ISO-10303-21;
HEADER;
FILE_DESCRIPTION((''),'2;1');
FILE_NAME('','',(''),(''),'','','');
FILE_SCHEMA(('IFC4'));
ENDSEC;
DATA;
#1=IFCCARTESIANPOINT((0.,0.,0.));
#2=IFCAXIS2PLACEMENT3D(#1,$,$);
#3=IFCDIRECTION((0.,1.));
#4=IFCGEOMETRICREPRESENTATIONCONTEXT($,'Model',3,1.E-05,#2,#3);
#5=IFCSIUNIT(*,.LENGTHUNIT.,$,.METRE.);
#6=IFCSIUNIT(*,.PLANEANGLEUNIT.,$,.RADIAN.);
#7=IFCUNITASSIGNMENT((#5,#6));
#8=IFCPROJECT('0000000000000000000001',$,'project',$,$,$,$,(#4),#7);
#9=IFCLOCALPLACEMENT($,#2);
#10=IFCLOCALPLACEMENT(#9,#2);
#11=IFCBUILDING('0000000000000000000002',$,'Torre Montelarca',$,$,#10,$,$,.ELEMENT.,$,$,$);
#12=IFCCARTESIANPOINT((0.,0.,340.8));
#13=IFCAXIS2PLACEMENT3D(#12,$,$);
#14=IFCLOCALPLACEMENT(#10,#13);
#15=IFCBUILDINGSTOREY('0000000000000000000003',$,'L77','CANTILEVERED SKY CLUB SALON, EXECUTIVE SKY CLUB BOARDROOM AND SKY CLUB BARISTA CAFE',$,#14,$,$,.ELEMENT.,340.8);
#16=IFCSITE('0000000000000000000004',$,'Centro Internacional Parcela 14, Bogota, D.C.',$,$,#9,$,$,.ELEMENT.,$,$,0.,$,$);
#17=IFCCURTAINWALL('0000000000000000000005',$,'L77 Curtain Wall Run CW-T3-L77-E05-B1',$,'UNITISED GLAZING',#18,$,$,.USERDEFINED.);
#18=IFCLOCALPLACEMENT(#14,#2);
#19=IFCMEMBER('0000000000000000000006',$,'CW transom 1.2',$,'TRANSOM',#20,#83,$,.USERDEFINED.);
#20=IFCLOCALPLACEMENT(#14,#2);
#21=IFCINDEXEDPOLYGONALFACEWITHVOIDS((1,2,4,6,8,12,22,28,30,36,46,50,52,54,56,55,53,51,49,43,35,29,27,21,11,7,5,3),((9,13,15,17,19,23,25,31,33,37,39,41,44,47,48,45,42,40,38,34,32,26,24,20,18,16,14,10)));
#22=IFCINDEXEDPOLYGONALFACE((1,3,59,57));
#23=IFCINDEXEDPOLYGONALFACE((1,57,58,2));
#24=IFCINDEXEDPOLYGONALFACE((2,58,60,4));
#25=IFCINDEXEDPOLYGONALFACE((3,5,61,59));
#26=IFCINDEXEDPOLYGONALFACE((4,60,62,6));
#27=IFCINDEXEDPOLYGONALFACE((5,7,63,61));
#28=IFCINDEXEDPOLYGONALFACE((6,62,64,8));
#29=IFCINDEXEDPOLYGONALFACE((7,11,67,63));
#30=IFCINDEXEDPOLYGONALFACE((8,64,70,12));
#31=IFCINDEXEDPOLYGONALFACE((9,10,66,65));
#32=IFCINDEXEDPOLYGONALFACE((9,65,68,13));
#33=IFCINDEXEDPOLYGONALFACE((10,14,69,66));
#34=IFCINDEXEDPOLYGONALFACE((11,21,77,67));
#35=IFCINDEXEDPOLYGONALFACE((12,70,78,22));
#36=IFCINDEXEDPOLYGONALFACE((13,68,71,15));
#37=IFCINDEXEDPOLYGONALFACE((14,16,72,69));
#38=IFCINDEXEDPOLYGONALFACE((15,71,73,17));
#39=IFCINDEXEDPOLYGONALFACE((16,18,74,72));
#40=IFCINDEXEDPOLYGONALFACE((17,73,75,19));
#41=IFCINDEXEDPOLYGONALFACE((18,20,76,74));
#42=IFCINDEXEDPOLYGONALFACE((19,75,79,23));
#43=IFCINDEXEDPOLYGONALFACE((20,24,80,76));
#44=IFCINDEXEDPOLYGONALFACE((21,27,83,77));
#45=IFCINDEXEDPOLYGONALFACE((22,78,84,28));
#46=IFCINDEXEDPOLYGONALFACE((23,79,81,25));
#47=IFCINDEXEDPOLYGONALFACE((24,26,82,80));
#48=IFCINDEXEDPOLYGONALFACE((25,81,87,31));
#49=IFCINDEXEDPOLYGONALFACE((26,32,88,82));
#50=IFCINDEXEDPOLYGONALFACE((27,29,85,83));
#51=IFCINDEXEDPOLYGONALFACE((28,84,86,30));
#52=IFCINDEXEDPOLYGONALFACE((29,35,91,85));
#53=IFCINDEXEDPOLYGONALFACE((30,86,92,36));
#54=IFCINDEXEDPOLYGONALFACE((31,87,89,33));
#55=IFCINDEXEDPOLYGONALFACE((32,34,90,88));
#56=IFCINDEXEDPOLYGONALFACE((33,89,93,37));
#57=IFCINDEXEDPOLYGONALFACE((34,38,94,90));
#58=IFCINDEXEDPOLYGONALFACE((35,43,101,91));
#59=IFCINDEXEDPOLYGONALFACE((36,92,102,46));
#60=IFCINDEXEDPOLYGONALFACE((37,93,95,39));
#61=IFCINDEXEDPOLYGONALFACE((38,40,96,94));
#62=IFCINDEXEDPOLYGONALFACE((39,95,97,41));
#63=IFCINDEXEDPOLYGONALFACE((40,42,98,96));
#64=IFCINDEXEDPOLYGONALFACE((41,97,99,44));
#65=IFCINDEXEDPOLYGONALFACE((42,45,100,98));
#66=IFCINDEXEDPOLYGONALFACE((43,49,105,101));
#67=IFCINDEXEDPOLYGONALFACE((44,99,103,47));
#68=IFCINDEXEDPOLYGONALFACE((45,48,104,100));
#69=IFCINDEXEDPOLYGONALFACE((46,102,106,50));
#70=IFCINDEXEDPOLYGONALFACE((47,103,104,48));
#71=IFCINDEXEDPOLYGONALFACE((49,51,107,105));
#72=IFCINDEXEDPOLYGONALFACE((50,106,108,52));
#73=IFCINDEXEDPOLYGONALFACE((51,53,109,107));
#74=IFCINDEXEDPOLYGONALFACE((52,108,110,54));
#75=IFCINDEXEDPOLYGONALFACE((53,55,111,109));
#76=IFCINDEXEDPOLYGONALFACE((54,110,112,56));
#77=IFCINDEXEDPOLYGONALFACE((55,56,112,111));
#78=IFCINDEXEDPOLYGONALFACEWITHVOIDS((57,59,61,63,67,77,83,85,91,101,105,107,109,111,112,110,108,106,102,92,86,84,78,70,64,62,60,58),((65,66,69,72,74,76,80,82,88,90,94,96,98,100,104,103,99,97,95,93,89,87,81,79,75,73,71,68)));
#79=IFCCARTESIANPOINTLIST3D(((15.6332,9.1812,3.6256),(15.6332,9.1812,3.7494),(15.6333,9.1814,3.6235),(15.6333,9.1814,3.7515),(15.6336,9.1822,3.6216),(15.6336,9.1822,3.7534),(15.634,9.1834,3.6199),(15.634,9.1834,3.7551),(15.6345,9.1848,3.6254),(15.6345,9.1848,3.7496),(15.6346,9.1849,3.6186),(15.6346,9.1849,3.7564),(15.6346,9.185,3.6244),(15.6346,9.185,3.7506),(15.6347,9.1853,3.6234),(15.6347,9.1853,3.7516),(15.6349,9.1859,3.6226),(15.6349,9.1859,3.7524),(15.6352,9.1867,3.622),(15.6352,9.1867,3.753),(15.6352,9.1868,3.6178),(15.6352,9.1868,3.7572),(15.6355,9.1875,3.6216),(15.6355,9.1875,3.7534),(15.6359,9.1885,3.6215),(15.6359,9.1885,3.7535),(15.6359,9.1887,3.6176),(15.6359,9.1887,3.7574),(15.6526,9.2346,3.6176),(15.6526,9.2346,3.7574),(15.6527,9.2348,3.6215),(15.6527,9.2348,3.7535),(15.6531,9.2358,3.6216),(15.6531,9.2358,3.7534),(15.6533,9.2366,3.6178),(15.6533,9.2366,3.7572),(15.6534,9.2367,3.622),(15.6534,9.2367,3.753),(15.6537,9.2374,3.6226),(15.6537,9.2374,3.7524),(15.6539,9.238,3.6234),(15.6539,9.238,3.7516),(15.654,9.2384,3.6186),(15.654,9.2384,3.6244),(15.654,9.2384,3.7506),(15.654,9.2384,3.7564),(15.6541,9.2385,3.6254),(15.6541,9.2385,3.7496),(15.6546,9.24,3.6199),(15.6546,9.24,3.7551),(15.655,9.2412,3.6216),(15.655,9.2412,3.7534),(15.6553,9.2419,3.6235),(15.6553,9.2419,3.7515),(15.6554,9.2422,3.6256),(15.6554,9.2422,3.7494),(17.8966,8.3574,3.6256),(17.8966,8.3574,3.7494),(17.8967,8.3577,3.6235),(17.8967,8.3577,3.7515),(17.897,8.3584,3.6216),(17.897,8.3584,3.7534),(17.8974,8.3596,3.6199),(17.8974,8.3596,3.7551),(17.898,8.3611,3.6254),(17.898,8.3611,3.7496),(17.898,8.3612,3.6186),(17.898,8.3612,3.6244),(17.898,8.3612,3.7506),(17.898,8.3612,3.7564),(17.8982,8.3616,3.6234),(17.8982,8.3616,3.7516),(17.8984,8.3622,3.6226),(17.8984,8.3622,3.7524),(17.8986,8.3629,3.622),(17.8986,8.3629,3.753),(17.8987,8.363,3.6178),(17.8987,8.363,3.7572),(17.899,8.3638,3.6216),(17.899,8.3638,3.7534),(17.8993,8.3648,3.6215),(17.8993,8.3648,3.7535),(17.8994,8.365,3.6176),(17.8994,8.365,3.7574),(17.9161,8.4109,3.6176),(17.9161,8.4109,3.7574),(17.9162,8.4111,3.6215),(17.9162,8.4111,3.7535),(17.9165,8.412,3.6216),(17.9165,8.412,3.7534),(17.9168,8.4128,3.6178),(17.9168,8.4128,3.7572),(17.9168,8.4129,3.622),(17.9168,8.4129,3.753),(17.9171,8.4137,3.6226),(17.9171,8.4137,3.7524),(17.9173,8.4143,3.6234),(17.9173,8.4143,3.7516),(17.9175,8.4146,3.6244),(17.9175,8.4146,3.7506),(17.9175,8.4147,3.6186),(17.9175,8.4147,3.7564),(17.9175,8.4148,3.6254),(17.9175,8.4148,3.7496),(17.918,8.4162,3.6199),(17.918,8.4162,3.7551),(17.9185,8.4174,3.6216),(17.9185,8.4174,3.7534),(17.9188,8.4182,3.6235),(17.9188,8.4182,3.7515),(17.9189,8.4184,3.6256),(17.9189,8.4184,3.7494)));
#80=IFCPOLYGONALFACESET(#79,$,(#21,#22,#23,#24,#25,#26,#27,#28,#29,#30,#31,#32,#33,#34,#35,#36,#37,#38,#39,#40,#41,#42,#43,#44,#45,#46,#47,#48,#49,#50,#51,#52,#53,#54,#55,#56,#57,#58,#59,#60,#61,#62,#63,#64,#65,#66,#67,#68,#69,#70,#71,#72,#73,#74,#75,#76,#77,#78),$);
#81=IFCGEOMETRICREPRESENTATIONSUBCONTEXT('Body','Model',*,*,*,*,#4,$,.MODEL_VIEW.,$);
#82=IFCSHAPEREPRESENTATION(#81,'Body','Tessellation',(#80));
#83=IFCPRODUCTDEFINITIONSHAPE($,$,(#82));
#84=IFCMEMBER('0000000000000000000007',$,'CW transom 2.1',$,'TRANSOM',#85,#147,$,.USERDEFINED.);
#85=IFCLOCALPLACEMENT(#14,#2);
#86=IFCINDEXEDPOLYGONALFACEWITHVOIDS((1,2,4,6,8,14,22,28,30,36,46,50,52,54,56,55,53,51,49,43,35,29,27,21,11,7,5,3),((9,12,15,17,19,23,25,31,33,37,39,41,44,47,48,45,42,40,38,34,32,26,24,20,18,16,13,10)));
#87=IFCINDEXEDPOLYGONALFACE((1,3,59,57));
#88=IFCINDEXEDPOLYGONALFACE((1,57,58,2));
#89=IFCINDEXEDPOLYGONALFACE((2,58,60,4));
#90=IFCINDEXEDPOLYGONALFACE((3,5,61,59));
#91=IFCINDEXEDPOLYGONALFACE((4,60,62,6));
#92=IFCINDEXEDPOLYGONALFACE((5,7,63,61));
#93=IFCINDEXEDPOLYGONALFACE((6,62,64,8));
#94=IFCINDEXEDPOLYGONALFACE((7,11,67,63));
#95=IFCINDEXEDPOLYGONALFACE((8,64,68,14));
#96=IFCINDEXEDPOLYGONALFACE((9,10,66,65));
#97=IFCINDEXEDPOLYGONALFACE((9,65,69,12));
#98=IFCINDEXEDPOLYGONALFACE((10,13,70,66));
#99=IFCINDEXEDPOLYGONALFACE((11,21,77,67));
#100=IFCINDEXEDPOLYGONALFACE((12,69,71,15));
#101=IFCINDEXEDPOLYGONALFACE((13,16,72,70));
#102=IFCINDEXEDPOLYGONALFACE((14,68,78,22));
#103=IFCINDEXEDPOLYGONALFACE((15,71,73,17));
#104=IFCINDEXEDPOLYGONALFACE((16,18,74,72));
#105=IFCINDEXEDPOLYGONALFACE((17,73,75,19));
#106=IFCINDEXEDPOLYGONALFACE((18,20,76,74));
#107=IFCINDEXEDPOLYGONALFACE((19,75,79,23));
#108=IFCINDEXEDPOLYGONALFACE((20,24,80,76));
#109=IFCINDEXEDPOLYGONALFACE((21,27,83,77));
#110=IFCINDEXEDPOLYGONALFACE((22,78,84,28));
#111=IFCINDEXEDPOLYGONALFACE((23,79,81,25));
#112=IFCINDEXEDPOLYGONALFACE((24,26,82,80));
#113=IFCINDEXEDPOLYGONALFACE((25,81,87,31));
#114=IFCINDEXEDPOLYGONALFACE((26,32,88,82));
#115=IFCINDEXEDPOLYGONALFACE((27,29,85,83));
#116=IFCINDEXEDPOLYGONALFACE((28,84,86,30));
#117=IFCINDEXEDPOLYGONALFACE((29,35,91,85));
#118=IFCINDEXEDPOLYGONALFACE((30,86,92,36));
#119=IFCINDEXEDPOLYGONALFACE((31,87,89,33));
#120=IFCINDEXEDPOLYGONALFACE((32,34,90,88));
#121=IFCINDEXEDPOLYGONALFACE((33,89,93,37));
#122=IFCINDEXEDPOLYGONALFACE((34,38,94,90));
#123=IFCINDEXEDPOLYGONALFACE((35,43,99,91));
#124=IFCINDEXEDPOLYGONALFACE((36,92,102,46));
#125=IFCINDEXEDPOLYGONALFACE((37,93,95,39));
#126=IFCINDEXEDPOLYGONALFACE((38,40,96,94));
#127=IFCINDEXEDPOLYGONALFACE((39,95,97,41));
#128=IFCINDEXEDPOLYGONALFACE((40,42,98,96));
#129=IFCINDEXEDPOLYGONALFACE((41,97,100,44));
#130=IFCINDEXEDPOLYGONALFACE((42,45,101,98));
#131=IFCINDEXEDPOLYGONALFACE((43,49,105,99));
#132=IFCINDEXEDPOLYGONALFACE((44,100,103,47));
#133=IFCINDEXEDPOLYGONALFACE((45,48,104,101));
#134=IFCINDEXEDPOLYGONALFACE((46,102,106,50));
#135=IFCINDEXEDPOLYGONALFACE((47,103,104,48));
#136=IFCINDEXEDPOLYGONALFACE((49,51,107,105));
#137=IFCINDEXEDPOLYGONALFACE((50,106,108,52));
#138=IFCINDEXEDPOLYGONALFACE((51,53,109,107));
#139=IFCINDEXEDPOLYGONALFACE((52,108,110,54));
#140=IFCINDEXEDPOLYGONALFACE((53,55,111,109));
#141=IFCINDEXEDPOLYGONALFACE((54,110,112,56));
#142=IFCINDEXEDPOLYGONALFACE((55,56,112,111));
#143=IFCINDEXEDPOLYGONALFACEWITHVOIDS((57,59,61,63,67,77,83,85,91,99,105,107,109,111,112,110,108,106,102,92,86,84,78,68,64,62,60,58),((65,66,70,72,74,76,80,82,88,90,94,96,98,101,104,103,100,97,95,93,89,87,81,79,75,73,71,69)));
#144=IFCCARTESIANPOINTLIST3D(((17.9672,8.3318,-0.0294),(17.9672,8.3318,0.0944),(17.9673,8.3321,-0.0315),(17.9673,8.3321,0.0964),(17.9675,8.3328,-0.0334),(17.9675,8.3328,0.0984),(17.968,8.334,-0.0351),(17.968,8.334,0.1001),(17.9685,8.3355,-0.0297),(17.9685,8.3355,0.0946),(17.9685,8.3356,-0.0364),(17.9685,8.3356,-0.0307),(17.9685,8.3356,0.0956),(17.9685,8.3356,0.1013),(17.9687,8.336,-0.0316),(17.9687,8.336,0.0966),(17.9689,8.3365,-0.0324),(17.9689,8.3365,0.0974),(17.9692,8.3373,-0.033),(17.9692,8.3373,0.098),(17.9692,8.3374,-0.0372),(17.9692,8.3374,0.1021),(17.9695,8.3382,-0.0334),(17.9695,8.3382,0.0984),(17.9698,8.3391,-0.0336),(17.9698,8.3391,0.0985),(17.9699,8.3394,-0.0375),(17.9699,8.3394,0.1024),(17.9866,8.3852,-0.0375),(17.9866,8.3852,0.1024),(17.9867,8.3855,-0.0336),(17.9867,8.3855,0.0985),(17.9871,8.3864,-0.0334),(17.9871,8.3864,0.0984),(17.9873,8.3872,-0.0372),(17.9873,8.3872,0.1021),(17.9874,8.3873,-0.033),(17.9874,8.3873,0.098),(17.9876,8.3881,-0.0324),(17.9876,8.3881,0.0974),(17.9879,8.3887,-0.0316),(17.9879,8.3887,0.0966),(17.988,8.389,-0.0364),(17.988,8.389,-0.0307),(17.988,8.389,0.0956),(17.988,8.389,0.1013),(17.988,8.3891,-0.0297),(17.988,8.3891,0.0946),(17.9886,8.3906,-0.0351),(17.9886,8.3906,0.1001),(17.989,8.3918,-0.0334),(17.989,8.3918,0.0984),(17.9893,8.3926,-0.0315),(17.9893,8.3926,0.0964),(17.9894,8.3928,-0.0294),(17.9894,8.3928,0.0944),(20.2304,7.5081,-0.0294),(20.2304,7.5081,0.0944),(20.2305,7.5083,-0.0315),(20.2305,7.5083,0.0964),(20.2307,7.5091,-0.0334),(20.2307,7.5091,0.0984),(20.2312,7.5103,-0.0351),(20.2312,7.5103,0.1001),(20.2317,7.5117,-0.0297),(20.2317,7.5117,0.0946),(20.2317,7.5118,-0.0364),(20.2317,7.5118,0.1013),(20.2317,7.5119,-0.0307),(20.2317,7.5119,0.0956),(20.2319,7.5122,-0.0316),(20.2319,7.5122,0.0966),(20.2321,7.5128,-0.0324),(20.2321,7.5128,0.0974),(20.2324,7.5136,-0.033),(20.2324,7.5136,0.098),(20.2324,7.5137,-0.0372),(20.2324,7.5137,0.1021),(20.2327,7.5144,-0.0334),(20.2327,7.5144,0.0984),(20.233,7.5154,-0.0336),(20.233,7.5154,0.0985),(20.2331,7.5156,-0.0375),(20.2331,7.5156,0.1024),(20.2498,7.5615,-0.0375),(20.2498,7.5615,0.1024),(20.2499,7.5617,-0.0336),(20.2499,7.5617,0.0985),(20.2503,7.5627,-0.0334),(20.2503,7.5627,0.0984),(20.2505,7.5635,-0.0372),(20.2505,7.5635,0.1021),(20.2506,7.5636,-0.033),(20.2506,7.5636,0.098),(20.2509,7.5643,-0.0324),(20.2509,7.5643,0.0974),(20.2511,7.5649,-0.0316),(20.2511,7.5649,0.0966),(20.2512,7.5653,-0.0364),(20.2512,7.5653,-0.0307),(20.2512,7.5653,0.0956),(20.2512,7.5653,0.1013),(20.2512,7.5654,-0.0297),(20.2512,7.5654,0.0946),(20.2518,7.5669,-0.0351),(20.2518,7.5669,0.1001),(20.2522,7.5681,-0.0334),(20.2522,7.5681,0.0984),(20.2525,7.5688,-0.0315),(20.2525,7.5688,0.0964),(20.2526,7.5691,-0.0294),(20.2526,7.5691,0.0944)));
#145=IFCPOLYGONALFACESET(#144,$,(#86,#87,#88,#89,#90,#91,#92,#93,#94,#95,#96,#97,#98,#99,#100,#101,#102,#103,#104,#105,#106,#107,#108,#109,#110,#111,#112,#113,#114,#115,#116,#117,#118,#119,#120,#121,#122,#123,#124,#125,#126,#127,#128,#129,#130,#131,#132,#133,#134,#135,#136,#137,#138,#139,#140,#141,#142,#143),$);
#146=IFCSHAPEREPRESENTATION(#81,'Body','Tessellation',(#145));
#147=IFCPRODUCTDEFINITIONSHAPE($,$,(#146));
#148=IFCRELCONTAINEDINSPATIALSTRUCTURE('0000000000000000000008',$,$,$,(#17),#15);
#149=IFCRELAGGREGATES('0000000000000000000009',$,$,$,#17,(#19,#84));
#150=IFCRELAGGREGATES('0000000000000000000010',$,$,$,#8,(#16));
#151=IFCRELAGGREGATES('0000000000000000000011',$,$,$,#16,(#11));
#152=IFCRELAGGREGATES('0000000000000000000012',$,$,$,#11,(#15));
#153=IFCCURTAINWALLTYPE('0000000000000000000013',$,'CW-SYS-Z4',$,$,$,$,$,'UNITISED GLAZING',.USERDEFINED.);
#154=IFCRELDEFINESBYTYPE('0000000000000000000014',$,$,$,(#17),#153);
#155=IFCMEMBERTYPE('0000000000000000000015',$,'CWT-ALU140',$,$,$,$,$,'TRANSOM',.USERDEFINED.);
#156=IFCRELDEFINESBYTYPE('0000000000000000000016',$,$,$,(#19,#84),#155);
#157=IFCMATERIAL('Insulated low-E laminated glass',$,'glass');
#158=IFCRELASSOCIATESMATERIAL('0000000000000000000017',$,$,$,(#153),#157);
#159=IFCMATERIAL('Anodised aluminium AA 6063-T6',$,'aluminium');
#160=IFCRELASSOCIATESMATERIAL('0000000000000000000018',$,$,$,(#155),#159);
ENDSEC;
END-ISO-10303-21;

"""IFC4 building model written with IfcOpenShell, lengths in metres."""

from ifc_helpers import new_model, si_unit, direction, frame, origin, origin_2d, place, context, subcontext, project, spatial, hollow_rectangle, extrude, source, transform, mapped, material, material_profile, profile_set, type_object, element, aggregate, save


model = new_model("IFC4")

# Units and contexts
model_context = context("Model", 3, precision=1e-05, world=origin(), true_north=direction((0.0, 1.0)))
body_context = subcontext(model_context, "Body", "Model", "MODEL_VIEW")
ifc_project = project(units=[si_unit("LENGTHUNIT", "METRE"), si_unit("PLANEANGLEUNIT", "RADIAN")], contexts=[model_context])

# Site, building, storey
site_placement = place(None, origin())
site = spatial("IfcSite", under=ifc_project, at=site_placement, Name="Centro Internacional Parcela 14, Bogota, D.C.", CompositionType="ELEMENT", RefElevation=0.0)
building_placement = place(site_placement, origin())
building = spatial("IfcBuilding", under=site, at=building_placement, Name="Torre Montelarca", CompositionType="ELEMENT")
storey_placement = place(building_placement, frame((0.0, 0.0, 340.8)))
storey = spatial("IfcBuildingStorey", under=building, at=storey_placement, Name="L77", Description="CANTILEVERED SKY CLUB SALON, EXECUTIVE SKY CLUB BOARDROOM AND SKY CLUB BARISTA CAFE", CompositionType="ELEMENT", Elevation=340.8)

# Shared definitions
ifc_material_1 = material(Name="Insulated low-E laminated glass", Category="glass")
curtain_wall_type = type_object("IfcCurtainWallType", Name="CW-SYS-Z4", ElementType="UNITISED GLAZING", PredefinedType="USERDEFINED", material=ifc_material_1)
ifc_material_2 = material(Name="Anodised aluminium AA 6063-T6", Category="aluminium")

# Curtain wall, members
curtain_wall_1_placement = place(storey_placement, origin())
curtain_wall_1 = element("IfcCurtainWall", 1, at=curtain_wall_1_placement, inside=storey, type_object=curtain_wall_type, Name="L77 Curtain Wall Run CW-T3-L77-E05-B1", ObjectType="UNITISED GLAZING", PredefinedType="USERDEFINED")
ifc_material_profile_1 = material_profile(ifc_material_2, hollow_rectangle(XDim=0.0649, YDim=0.1399, WallThickness=0.0039, InnerFilletRadius=0.0039, OuterFilletRadius=0.0081, at=origin_2d()), Name="ALU65X140X4", Category="aluminium")
ifc_profile_set_1 = profile_set([ifc_material_profile_1], Name="Anodised aluminium AA 6063-T6")
member_type_1 = type_object("IfcMemberType", Name="CWT-ALU140", ElementType="TRANSOM", PredefinedType="USERDEFINED", material=ifc_profile_set_1)
shared_shape_1 = source(origin(), body_context, "Body", "SweptSolid", [
    extrude(hollow_rectangle(XDim=0.0649, YDim=0.1399, WallThickness=0.0039, InnerFilletRadius=0.0039, OuterFilletRadius=0.0081, at=origin_2d()), origin(), (0.0, 0.0, 1.0), 2.4087),
])
member_1_placement = place(storey_placement, frame((15.6443, 9.2117, 3.6875), z_axis=(0.939705, -0.341987, 0.0), x_axis=(0.341987, 0.939705, 0.0)))
member_1 = element("IfcMember", 2, at=member_1_placement, type_object=member_type_1, Name="CW transom 1.2", ObjectType="TRANSOM", PredefinedType="USERDEFINED", context=body_context, shape_type="MappedRepresentation", body=[
    mapped(shared_shape_1, transform((0.0, 0.0, 0.0), scale=1.0)),
])
shared_shape_2 = source(origin(), body_context, "Body", "SweptSolid", [
    extrude(hollow_rectangle(XDim=0.0649, YDim=0.1399, WallThickness=0.0039, InnerFilletRadius=0.0039, OuterFilletRadius=0.0081, at=origin_2d()), origin(), (0.0, 0.0, 1.0), 2.4084),
])
member_2_placement = place(storey_placement, frame((17.9783, 8.3623, 0.0325), z_axis=(0.939693, -0.34202, 0.0), x_axis=(0.34202, 0.939693, 0.0)))
member_2 = element("IfcMember", 3, at=member_2_placement, type_object=member_type_1, Name="CW transom 2.1", ObjectType="TRANSOM", PredefinedType="USERDEFINED", context=body_context, shape_type="MappedRepresentation", body=[
    mapped(shared_shape_2, transform((0.0, 0.0, 0.0), scale=1.0)),
])

aggregate(curtain_wall_1, [member_1, member_2])

save(model, "model.ifc")
